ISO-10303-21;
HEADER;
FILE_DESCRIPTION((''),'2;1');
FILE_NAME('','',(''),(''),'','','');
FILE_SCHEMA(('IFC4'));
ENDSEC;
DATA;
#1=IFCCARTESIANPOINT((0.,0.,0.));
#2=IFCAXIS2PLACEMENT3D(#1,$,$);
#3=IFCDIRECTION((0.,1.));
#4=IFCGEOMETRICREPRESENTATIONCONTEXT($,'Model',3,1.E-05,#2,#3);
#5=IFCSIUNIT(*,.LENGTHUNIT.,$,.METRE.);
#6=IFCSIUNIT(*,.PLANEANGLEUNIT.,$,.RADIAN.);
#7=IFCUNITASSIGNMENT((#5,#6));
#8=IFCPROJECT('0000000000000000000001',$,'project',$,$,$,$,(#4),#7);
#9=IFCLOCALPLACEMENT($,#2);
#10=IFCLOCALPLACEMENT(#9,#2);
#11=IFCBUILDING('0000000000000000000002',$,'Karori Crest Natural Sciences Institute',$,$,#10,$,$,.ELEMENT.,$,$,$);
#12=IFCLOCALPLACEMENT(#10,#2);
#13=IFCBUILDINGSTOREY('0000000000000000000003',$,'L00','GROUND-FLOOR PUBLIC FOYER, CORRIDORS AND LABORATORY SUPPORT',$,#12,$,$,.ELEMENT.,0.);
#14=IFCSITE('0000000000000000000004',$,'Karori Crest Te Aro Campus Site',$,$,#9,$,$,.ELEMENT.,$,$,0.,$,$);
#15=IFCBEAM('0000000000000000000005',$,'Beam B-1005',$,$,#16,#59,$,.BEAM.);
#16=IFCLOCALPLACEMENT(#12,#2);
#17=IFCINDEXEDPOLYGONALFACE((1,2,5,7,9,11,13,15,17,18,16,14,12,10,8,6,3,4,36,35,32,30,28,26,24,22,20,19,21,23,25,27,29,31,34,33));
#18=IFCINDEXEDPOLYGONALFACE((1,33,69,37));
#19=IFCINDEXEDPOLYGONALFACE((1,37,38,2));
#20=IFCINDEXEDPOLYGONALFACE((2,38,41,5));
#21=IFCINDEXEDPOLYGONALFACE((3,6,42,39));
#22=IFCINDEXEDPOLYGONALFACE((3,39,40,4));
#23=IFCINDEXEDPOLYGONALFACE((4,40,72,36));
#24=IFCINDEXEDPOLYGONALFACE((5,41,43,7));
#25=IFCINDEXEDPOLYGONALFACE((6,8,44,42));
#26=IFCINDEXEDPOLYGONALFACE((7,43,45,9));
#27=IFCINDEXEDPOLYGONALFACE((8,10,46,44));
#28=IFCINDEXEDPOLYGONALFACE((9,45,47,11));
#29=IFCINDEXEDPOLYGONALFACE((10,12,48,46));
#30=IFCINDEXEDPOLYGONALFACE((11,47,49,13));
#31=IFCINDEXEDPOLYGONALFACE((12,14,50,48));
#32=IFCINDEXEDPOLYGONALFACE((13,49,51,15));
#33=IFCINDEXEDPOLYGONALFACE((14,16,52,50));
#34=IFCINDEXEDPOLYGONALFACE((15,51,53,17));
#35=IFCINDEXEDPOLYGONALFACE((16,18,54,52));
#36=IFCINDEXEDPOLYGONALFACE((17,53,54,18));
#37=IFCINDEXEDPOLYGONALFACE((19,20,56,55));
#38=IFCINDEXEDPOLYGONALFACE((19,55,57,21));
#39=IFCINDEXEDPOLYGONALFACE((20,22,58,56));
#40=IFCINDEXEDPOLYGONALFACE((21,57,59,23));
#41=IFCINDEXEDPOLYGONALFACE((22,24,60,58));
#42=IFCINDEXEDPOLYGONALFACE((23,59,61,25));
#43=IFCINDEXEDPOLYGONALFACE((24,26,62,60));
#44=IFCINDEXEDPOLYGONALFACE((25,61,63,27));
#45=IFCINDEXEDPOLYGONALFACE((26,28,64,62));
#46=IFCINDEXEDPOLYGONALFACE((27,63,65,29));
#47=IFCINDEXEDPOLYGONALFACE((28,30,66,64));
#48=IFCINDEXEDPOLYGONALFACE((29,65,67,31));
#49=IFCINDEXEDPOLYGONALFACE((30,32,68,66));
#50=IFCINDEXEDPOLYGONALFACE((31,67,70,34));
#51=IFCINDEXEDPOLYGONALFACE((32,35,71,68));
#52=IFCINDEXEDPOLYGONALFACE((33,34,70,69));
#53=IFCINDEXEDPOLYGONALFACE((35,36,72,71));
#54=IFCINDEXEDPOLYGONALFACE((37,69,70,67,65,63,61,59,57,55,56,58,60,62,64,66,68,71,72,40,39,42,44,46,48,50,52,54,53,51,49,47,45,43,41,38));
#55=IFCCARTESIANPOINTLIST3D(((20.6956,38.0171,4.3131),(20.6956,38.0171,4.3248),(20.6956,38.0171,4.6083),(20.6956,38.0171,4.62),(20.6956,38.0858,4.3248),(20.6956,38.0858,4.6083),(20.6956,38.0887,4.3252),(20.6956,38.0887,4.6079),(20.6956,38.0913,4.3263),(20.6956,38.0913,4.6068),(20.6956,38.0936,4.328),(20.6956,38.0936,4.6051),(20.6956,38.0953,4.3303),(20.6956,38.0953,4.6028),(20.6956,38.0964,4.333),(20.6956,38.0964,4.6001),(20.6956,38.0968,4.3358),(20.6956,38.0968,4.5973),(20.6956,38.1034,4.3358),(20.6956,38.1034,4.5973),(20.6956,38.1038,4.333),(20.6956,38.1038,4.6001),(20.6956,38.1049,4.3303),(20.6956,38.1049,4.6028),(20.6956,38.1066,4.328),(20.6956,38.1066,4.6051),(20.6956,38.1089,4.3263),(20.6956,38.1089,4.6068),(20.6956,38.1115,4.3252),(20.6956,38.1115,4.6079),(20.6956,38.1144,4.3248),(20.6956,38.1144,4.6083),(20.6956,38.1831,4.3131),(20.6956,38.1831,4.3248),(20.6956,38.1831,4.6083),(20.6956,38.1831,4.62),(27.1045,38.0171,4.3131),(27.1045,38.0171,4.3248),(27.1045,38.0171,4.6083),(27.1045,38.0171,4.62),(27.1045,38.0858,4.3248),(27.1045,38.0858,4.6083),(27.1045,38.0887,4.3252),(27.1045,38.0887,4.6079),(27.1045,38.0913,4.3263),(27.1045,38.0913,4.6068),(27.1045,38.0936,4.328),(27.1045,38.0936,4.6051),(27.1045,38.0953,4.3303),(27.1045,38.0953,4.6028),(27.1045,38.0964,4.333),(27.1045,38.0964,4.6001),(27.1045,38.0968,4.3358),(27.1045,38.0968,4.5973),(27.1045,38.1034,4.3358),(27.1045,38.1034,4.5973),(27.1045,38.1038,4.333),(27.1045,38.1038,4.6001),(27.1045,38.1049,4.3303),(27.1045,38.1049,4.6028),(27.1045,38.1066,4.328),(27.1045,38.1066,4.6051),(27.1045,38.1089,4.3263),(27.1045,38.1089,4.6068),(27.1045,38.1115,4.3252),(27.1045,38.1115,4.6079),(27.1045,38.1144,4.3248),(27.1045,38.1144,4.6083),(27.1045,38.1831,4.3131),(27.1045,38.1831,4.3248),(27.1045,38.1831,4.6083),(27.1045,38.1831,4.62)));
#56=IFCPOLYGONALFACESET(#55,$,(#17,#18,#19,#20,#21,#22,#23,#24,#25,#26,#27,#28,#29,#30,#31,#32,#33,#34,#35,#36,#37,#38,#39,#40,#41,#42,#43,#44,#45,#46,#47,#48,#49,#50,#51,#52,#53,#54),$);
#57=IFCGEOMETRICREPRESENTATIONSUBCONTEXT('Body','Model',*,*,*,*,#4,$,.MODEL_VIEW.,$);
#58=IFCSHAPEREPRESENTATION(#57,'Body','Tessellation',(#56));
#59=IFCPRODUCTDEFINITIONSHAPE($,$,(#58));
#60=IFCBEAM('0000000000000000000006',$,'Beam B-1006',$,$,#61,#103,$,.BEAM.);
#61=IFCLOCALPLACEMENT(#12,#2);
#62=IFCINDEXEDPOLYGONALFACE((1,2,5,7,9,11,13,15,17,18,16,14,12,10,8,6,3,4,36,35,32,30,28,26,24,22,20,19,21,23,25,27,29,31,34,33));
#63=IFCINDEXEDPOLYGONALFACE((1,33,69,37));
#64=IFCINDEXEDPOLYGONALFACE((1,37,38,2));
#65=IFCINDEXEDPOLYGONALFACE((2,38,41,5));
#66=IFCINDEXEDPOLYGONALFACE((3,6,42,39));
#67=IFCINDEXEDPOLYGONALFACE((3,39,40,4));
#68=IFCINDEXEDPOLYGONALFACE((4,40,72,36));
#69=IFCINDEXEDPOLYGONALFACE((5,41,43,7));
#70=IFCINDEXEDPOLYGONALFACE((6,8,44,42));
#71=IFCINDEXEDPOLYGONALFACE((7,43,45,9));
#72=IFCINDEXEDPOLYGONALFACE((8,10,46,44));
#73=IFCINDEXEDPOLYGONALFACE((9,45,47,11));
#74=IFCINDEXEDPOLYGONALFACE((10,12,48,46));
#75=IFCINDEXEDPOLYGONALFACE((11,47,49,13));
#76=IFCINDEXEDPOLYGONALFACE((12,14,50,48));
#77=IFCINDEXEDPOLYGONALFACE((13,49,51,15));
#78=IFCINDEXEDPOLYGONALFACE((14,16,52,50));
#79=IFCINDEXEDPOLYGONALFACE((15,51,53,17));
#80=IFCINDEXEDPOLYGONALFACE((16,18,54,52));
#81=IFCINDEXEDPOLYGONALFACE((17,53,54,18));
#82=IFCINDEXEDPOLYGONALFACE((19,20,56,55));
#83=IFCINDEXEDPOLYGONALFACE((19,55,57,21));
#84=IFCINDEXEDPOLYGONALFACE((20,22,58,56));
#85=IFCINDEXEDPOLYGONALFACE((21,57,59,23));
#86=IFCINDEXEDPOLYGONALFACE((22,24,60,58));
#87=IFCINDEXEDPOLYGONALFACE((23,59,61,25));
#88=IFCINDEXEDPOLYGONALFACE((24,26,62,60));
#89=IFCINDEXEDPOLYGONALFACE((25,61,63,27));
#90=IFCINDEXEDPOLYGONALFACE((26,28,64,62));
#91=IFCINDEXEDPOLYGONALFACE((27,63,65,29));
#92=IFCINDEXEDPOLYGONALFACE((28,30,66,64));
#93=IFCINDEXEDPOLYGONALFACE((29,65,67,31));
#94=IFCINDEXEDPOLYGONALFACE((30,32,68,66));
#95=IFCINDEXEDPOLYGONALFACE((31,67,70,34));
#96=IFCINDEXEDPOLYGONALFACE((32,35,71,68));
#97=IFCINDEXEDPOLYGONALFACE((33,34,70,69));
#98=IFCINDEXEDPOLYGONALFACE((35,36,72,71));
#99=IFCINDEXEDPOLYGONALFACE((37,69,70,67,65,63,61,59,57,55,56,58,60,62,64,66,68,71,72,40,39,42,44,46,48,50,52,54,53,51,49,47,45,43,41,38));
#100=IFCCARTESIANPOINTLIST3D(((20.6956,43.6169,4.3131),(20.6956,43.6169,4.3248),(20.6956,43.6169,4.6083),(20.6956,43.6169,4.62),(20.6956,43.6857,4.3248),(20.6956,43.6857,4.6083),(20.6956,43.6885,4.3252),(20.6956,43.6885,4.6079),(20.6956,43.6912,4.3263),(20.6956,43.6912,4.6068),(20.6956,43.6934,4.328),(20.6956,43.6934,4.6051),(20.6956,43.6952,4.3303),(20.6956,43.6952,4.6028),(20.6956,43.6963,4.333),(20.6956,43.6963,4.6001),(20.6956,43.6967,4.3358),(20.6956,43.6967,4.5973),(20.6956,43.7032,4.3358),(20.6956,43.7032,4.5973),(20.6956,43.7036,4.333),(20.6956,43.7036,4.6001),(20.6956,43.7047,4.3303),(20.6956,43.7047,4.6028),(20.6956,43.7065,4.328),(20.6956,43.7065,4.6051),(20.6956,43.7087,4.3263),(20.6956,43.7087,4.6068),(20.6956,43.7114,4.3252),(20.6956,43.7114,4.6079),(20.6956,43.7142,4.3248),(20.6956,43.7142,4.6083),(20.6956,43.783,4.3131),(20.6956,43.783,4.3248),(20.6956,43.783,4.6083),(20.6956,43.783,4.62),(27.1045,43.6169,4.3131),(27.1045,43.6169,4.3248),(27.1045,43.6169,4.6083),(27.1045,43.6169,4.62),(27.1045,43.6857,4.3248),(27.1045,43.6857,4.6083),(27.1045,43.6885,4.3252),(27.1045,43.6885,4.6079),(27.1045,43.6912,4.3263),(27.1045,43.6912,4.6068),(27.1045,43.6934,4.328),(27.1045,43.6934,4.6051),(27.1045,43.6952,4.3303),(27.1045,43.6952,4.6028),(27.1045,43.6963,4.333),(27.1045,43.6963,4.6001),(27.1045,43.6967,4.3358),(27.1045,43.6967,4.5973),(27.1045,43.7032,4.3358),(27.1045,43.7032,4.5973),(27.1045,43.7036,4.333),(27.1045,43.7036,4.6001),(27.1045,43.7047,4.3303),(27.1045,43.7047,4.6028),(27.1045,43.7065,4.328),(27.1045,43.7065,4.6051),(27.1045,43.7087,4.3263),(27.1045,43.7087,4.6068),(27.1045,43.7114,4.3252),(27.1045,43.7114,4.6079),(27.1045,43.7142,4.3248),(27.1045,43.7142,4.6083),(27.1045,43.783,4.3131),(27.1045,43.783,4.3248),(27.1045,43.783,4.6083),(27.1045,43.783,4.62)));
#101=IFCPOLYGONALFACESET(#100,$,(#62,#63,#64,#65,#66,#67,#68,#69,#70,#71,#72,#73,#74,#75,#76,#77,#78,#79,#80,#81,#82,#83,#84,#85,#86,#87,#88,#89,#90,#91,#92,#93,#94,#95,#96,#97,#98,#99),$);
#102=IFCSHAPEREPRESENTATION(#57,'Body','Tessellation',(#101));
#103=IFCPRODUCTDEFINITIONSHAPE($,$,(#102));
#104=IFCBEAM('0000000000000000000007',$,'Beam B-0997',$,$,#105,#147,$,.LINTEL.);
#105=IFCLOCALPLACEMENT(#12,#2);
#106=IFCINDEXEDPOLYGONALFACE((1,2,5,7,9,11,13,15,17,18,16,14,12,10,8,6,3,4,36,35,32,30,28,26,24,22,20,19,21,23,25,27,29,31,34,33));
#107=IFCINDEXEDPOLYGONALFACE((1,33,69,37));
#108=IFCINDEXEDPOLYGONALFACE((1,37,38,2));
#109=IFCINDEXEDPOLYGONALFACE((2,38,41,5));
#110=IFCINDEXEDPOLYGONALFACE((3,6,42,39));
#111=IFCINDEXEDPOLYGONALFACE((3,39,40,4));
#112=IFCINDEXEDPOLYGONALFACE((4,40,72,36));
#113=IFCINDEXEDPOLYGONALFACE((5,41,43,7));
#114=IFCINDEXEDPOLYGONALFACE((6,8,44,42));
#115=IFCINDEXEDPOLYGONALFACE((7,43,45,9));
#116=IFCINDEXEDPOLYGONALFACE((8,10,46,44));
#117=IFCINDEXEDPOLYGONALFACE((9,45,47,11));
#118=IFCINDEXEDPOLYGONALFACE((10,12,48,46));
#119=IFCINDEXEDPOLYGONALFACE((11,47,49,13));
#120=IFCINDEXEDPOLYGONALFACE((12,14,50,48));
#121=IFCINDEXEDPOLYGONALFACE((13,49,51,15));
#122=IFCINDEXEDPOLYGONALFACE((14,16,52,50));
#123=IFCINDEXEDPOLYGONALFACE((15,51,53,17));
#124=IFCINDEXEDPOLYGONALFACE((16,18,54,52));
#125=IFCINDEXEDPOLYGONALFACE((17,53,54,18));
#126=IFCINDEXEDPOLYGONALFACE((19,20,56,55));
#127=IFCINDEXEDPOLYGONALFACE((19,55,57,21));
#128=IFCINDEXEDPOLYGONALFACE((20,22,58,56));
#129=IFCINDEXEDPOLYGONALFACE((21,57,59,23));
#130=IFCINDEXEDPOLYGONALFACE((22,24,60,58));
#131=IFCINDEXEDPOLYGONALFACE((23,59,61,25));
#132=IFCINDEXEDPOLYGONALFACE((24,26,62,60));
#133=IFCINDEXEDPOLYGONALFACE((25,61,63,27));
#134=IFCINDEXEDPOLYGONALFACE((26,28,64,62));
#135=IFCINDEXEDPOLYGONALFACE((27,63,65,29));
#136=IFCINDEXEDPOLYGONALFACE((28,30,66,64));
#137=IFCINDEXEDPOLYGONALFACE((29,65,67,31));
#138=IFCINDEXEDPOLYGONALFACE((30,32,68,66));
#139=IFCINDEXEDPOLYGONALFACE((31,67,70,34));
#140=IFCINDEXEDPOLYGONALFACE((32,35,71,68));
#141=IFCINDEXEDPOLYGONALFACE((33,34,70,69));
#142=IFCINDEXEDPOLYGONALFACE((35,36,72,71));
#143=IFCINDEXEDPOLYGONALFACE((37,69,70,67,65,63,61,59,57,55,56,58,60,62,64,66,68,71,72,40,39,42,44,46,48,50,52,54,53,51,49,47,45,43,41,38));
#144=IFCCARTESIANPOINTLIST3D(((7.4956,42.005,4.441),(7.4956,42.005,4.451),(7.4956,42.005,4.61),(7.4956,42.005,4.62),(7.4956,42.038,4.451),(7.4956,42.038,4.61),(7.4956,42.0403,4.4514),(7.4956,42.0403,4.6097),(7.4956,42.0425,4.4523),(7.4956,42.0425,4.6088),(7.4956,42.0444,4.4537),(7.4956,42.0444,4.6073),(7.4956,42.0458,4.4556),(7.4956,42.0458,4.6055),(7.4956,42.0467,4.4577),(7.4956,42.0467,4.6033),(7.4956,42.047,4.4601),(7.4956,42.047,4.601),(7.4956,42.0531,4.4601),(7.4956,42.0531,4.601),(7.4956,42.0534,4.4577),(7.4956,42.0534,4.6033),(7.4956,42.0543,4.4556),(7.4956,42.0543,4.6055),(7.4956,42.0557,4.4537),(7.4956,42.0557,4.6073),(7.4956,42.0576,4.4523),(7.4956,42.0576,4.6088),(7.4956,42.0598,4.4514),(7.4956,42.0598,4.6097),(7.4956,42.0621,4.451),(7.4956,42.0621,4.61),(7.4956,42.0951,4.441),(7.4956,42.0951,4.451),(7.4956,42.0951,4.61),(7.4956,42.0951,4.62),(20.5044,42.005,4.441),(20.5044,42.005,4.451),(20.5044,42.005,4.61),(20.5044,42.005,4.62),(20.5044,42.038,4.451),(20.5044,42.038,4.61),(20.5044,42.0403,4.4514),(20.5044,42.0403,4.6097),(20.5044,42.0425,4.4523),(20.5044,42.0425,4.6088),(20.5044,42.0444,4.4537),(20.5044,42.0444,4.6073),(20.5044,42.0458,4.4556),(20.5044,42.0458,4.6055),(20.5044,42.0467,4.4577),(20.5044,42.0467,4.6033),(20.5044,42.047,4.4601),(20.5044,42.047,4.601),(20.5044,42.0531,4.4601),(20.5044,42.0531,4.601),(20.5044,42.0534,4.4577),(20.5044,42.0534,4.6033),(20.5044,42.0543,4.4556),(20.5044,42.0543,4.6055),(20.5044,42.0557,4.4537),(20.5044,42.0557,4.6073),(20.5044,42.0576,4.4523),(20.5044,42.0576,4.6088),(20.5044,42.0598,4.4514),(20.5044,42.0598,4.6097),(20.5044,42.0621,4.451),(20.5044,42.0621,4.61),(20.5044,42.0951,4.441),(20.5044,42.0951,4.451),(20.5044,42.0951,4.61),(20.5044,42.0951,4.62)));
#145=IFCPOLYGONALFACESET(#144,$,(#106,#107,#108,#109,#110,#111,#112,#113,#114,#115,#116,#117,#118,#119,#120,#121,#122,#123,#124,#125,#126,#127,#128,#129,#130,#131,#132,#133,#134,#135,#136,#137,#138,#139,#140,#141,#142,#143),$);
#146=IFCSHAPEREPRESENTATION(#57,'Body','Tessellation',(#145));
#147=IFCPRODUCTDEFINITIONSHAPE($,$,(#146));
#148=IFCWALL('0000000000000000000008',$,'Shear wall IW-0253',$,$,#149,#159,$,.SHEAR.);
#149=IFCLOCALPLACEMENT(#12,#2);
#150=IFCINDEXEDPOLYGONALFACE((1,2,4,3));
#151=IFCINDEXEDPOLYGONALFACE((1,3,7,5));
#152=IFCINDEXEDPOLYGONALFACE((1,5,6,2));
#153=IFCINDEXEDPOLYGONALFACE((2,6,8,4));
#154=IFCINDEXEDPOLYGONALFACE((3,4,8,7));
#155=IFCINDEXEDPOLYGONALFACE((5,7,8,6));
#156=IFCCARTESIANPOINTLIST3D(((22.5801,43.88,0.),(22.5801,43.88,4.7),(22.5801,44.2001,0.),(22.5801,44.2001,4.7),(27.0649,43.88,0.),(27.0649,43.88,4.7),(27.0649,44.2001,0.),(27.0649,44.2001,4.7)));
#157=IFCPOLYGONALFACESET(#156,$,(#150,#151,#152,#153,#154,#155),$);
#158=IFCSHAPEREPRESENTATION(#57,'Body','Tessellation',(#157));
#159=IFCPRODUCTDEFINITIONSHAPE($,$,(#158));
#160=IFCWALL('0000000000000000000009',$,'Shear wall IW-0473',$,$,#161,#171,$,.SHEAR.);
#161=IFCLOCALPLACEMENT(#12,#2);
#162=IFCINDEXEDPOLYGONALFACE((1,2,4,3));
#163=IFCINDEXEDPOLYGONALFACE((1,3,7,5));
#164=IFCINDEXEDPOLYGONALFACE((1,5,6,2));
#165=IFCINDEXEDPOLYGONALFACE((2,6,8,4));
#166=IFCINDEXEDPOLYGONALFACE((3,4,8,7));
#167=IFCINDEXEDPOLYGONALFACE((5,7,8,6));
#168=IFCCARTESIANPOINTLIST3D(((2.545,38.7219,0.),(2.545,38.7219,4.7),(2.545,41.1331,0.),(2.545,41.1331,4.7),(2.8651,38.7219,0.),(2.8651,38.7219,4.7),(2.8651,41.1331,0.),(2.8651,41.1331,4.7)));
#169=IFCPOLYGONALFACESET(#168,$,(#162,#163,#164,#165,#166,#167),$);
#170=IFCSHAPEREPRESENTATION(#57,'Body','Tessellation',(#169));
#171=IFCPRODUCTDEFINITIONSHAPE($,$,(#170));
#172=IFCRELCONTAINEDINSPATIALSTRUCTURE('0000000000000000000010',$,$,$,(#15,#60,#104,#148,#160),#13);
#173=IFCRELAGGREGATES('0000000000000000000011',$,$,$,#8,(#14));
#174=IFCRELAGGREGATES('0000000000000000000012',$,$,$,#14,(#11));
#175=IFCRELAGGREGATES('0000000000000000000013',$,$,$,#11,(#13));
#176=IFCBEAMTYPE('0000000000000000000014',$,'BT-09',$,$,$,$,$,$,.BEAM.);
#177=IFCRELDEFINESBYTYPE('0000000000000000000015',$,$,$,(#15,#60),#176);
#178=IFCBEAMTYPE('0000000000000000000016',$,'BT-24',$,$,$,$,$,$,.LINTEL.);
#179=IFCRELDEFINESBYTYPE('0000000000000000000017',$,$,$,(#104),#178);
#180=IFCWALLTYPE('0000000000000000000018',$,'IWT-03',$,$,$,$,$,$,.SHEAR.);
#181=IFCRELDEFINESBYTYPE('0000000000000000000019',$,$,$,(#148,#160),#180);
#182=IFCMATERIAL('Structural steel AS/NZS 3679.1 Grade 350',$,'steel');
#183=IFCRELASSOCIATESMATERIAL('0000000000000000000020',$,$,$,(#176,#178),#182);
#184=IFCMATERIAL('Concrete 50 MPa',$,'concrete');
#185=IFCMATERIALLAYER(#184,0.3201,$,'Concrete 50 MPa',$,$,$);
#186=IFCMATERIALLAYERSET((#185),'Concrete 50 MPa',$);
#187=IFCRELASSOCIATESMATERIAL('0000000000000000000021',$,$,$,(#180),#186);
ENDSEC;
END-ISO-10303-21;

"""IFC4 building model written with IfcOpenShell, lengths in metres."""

from ifc_helpers import new_model, si_unit, direction, frame, frame_2d, origin, origin_2d, place, context, subcontext, project, spatial, rectangle, i_section, extrude, material, layer, layer_set, material_profile, profile_set, type_object, element, save


model = new_model("IFC4")

# Units and contexts
model_context = context("Model", 3, precision=1e-05, world=origin(), true_north=direction((0.0, 1.0)))
body_context = subcontext(model_context, "Body", "Model", "MODEL_VIEW")
ifc_project = project(units=[si_unit("LENGTHUNIT", "METRE"), si_unit("PLANEANGLEUNIT", "RADIAN")], contexts=[model_context])

# Site, building, storey
site_placement = place(None, origin())
site = spatial("IfcSite", under=ifc_project, at=site_placement, Name="Karori Crest Te Aro Campus Site", CompositionType="ELEMENT", RefElevation=0.0)
building_placement = place(site_placement, origin())
building = spatial("IfcBuilding", under=site, at=building_placement, Name="Karori Crest Natural Sciences Institute", CompositionType="ELEMENT")
storey_placement = place(building_placement, origin())
storey = spatial("IfcBuildingStorey", under=building, at=storey_placement, Name="L00", Description="GROUND-FLOOR PUBLIC FOYER, CORRIDORS AND LABORATORY SUPPORT", CompositionType="ELEMENT", Elevation=0.0)

# Shared definitions
ifc_material_1 = material(Name="Structural steel AS/NZS 3679.1 Grade 350", Category="steel")

# Beams
ifc_material_profile_1 = material_profile(ifc_material_1, i_section(OverallWidth=0.166, OverallDepth=0.3069, WebThickness=0.0066, FlangeThickness=0.0117, FilletRadius=0.011, at=origin_2d()), Name="310UB46.2")
ifc_profile_set_1 = profile_set([ifc_material_profile_1], Name="Structural steel AS/NZS 3679.1 Grade 350")
beam_type_1 = type_object("IfcBeamType", Name="BT-09", PredefinedType="BEAM", material=ifc_profile_set_1)
for number, where, z_axis, x_axis, name in (
    (1, (20.6956, 38.1001, 4.4666), (1.0, 0.0, 0.0), (0.0, 1.0, 0.0), "Beam B-1005"),
    (2, (20.6956, 43.7, 4.4666), (1.0, 0.0, 0.0), (0.0, 1.0, 0.0), "Beam B-1006"),
):
    element("IfcBeam", number, at=place(storey_placement, frame(where, z_axis=z_axis, x_axis=x_axis)), inside=storey, type_object=beam_type_1, Name=name, PredefinedType="BEAM", context=body_context, shape_type="SweptSolid", body=[
        extrude(i_section(OverallWidth=0.166, OverallDepth=0.3069, WebThickness=0.0066, FlangeThickness=0.0117, FilletRadius=0.011, at=origin_2d()), origin(), (0.0, 0.0, 1.0), 6.4089),
    ])
ifc_material_profile_2 = material_profile(ifc_material_1, i_section(OverallWidth=0.0901, OverallDepth=0.179, WebThickness=0.0061, FlangeThickness=0.01, FilletRadius=0.009, at=origin_2d()), Name="180UB22.2")
ifc_profile_set_2 = profile_set([ifc_material_profile_2], Name="Structural steel AS/NZS 3679.1 Grade 350")
beam_type_2 = type_object("IfcBeamType", Name="BT-24", PredefinedType="LINTEL", material=ifc_profile_set_2)
beam_1_placement = place(storey_placement, frame((7.4956, 42.05, 4.5305), z_axis=(1.0, 0.0, 0.0), x_axis=(0.0, 1.0, 0.0)))
element("IfcBeam", 3, at=beam_1_placement, inside=storey, type_object=beam_type_2, Name="Beam B-0997", PredefinedType="LINTEL", context=body_context, shape_type="SweptSolid", body=[
    extrude(i_section(OverallWidth=0.0901, OverallDepth=0.179, WebThickness=0.0061, FlangeThickness=0.01, FilletRadius=0.009, at=origin_2d()), origin(), (0.0, 0.0, 1.0), 13.0088),
])

# Walls
ifc_material_2 = material(Name="Concrete 50 MPa", Category="concrete")
ifc_layer_1 = layer(ifc_material_2, 0.3201, Name="Concrete 50 MPa")
ifc_layer_set_1 = layer_set([ifc_layer_1], Name="Concrete 50 MPa")
wall_type_1 = type_object("IfcWallType", Name="IWT-03", PredefinedType="SHEAR", material=ifc_layer_set_1)
wall_1_placement = place(storey_placement, frame((22.5801, 44.04, 0.0), z_axis=(0.0, 0.0, 1.0), x_axis=(1.0, 0.0, 0.0)))
element("IfcWall", 4, at=wall_1_placement, inside=storey, type_object=wall_type_1, Name="Shear wall IW-0253", PredefinedType="SHEAR", context=body_context, shape_type="SweptSolid", body=[
    extrude(rectangle(XDim=4.4849, YDim=0.3201, at=frame_2d((2.2424, 0.0))), origin(), (0.0, 0.0, 1.0), 4.7),
])
wall_2_placement = place(storey_placement, frame((2.7051, 38.7219, 0.0), z_axis=(0.0, 0.0, 1.0), x_axis=(0.0, 1.0, 0.0)))
element("IfcWall", 5, at=wall_2_placement, inside=storey, type_object=wall_type_1, Name="Shear wall IW-0473", PredefinedType="SHEAR", context=body_context, shape_type="SweptSolid", body=[
    extrude(rectangle(XDim=2.4111, YDim=0.3201, at=frame_2d((1.2056, 0.0))), origin(), (0.0, 0.0, 1.0), 4.7),
])

save(model, "model.ifc")
